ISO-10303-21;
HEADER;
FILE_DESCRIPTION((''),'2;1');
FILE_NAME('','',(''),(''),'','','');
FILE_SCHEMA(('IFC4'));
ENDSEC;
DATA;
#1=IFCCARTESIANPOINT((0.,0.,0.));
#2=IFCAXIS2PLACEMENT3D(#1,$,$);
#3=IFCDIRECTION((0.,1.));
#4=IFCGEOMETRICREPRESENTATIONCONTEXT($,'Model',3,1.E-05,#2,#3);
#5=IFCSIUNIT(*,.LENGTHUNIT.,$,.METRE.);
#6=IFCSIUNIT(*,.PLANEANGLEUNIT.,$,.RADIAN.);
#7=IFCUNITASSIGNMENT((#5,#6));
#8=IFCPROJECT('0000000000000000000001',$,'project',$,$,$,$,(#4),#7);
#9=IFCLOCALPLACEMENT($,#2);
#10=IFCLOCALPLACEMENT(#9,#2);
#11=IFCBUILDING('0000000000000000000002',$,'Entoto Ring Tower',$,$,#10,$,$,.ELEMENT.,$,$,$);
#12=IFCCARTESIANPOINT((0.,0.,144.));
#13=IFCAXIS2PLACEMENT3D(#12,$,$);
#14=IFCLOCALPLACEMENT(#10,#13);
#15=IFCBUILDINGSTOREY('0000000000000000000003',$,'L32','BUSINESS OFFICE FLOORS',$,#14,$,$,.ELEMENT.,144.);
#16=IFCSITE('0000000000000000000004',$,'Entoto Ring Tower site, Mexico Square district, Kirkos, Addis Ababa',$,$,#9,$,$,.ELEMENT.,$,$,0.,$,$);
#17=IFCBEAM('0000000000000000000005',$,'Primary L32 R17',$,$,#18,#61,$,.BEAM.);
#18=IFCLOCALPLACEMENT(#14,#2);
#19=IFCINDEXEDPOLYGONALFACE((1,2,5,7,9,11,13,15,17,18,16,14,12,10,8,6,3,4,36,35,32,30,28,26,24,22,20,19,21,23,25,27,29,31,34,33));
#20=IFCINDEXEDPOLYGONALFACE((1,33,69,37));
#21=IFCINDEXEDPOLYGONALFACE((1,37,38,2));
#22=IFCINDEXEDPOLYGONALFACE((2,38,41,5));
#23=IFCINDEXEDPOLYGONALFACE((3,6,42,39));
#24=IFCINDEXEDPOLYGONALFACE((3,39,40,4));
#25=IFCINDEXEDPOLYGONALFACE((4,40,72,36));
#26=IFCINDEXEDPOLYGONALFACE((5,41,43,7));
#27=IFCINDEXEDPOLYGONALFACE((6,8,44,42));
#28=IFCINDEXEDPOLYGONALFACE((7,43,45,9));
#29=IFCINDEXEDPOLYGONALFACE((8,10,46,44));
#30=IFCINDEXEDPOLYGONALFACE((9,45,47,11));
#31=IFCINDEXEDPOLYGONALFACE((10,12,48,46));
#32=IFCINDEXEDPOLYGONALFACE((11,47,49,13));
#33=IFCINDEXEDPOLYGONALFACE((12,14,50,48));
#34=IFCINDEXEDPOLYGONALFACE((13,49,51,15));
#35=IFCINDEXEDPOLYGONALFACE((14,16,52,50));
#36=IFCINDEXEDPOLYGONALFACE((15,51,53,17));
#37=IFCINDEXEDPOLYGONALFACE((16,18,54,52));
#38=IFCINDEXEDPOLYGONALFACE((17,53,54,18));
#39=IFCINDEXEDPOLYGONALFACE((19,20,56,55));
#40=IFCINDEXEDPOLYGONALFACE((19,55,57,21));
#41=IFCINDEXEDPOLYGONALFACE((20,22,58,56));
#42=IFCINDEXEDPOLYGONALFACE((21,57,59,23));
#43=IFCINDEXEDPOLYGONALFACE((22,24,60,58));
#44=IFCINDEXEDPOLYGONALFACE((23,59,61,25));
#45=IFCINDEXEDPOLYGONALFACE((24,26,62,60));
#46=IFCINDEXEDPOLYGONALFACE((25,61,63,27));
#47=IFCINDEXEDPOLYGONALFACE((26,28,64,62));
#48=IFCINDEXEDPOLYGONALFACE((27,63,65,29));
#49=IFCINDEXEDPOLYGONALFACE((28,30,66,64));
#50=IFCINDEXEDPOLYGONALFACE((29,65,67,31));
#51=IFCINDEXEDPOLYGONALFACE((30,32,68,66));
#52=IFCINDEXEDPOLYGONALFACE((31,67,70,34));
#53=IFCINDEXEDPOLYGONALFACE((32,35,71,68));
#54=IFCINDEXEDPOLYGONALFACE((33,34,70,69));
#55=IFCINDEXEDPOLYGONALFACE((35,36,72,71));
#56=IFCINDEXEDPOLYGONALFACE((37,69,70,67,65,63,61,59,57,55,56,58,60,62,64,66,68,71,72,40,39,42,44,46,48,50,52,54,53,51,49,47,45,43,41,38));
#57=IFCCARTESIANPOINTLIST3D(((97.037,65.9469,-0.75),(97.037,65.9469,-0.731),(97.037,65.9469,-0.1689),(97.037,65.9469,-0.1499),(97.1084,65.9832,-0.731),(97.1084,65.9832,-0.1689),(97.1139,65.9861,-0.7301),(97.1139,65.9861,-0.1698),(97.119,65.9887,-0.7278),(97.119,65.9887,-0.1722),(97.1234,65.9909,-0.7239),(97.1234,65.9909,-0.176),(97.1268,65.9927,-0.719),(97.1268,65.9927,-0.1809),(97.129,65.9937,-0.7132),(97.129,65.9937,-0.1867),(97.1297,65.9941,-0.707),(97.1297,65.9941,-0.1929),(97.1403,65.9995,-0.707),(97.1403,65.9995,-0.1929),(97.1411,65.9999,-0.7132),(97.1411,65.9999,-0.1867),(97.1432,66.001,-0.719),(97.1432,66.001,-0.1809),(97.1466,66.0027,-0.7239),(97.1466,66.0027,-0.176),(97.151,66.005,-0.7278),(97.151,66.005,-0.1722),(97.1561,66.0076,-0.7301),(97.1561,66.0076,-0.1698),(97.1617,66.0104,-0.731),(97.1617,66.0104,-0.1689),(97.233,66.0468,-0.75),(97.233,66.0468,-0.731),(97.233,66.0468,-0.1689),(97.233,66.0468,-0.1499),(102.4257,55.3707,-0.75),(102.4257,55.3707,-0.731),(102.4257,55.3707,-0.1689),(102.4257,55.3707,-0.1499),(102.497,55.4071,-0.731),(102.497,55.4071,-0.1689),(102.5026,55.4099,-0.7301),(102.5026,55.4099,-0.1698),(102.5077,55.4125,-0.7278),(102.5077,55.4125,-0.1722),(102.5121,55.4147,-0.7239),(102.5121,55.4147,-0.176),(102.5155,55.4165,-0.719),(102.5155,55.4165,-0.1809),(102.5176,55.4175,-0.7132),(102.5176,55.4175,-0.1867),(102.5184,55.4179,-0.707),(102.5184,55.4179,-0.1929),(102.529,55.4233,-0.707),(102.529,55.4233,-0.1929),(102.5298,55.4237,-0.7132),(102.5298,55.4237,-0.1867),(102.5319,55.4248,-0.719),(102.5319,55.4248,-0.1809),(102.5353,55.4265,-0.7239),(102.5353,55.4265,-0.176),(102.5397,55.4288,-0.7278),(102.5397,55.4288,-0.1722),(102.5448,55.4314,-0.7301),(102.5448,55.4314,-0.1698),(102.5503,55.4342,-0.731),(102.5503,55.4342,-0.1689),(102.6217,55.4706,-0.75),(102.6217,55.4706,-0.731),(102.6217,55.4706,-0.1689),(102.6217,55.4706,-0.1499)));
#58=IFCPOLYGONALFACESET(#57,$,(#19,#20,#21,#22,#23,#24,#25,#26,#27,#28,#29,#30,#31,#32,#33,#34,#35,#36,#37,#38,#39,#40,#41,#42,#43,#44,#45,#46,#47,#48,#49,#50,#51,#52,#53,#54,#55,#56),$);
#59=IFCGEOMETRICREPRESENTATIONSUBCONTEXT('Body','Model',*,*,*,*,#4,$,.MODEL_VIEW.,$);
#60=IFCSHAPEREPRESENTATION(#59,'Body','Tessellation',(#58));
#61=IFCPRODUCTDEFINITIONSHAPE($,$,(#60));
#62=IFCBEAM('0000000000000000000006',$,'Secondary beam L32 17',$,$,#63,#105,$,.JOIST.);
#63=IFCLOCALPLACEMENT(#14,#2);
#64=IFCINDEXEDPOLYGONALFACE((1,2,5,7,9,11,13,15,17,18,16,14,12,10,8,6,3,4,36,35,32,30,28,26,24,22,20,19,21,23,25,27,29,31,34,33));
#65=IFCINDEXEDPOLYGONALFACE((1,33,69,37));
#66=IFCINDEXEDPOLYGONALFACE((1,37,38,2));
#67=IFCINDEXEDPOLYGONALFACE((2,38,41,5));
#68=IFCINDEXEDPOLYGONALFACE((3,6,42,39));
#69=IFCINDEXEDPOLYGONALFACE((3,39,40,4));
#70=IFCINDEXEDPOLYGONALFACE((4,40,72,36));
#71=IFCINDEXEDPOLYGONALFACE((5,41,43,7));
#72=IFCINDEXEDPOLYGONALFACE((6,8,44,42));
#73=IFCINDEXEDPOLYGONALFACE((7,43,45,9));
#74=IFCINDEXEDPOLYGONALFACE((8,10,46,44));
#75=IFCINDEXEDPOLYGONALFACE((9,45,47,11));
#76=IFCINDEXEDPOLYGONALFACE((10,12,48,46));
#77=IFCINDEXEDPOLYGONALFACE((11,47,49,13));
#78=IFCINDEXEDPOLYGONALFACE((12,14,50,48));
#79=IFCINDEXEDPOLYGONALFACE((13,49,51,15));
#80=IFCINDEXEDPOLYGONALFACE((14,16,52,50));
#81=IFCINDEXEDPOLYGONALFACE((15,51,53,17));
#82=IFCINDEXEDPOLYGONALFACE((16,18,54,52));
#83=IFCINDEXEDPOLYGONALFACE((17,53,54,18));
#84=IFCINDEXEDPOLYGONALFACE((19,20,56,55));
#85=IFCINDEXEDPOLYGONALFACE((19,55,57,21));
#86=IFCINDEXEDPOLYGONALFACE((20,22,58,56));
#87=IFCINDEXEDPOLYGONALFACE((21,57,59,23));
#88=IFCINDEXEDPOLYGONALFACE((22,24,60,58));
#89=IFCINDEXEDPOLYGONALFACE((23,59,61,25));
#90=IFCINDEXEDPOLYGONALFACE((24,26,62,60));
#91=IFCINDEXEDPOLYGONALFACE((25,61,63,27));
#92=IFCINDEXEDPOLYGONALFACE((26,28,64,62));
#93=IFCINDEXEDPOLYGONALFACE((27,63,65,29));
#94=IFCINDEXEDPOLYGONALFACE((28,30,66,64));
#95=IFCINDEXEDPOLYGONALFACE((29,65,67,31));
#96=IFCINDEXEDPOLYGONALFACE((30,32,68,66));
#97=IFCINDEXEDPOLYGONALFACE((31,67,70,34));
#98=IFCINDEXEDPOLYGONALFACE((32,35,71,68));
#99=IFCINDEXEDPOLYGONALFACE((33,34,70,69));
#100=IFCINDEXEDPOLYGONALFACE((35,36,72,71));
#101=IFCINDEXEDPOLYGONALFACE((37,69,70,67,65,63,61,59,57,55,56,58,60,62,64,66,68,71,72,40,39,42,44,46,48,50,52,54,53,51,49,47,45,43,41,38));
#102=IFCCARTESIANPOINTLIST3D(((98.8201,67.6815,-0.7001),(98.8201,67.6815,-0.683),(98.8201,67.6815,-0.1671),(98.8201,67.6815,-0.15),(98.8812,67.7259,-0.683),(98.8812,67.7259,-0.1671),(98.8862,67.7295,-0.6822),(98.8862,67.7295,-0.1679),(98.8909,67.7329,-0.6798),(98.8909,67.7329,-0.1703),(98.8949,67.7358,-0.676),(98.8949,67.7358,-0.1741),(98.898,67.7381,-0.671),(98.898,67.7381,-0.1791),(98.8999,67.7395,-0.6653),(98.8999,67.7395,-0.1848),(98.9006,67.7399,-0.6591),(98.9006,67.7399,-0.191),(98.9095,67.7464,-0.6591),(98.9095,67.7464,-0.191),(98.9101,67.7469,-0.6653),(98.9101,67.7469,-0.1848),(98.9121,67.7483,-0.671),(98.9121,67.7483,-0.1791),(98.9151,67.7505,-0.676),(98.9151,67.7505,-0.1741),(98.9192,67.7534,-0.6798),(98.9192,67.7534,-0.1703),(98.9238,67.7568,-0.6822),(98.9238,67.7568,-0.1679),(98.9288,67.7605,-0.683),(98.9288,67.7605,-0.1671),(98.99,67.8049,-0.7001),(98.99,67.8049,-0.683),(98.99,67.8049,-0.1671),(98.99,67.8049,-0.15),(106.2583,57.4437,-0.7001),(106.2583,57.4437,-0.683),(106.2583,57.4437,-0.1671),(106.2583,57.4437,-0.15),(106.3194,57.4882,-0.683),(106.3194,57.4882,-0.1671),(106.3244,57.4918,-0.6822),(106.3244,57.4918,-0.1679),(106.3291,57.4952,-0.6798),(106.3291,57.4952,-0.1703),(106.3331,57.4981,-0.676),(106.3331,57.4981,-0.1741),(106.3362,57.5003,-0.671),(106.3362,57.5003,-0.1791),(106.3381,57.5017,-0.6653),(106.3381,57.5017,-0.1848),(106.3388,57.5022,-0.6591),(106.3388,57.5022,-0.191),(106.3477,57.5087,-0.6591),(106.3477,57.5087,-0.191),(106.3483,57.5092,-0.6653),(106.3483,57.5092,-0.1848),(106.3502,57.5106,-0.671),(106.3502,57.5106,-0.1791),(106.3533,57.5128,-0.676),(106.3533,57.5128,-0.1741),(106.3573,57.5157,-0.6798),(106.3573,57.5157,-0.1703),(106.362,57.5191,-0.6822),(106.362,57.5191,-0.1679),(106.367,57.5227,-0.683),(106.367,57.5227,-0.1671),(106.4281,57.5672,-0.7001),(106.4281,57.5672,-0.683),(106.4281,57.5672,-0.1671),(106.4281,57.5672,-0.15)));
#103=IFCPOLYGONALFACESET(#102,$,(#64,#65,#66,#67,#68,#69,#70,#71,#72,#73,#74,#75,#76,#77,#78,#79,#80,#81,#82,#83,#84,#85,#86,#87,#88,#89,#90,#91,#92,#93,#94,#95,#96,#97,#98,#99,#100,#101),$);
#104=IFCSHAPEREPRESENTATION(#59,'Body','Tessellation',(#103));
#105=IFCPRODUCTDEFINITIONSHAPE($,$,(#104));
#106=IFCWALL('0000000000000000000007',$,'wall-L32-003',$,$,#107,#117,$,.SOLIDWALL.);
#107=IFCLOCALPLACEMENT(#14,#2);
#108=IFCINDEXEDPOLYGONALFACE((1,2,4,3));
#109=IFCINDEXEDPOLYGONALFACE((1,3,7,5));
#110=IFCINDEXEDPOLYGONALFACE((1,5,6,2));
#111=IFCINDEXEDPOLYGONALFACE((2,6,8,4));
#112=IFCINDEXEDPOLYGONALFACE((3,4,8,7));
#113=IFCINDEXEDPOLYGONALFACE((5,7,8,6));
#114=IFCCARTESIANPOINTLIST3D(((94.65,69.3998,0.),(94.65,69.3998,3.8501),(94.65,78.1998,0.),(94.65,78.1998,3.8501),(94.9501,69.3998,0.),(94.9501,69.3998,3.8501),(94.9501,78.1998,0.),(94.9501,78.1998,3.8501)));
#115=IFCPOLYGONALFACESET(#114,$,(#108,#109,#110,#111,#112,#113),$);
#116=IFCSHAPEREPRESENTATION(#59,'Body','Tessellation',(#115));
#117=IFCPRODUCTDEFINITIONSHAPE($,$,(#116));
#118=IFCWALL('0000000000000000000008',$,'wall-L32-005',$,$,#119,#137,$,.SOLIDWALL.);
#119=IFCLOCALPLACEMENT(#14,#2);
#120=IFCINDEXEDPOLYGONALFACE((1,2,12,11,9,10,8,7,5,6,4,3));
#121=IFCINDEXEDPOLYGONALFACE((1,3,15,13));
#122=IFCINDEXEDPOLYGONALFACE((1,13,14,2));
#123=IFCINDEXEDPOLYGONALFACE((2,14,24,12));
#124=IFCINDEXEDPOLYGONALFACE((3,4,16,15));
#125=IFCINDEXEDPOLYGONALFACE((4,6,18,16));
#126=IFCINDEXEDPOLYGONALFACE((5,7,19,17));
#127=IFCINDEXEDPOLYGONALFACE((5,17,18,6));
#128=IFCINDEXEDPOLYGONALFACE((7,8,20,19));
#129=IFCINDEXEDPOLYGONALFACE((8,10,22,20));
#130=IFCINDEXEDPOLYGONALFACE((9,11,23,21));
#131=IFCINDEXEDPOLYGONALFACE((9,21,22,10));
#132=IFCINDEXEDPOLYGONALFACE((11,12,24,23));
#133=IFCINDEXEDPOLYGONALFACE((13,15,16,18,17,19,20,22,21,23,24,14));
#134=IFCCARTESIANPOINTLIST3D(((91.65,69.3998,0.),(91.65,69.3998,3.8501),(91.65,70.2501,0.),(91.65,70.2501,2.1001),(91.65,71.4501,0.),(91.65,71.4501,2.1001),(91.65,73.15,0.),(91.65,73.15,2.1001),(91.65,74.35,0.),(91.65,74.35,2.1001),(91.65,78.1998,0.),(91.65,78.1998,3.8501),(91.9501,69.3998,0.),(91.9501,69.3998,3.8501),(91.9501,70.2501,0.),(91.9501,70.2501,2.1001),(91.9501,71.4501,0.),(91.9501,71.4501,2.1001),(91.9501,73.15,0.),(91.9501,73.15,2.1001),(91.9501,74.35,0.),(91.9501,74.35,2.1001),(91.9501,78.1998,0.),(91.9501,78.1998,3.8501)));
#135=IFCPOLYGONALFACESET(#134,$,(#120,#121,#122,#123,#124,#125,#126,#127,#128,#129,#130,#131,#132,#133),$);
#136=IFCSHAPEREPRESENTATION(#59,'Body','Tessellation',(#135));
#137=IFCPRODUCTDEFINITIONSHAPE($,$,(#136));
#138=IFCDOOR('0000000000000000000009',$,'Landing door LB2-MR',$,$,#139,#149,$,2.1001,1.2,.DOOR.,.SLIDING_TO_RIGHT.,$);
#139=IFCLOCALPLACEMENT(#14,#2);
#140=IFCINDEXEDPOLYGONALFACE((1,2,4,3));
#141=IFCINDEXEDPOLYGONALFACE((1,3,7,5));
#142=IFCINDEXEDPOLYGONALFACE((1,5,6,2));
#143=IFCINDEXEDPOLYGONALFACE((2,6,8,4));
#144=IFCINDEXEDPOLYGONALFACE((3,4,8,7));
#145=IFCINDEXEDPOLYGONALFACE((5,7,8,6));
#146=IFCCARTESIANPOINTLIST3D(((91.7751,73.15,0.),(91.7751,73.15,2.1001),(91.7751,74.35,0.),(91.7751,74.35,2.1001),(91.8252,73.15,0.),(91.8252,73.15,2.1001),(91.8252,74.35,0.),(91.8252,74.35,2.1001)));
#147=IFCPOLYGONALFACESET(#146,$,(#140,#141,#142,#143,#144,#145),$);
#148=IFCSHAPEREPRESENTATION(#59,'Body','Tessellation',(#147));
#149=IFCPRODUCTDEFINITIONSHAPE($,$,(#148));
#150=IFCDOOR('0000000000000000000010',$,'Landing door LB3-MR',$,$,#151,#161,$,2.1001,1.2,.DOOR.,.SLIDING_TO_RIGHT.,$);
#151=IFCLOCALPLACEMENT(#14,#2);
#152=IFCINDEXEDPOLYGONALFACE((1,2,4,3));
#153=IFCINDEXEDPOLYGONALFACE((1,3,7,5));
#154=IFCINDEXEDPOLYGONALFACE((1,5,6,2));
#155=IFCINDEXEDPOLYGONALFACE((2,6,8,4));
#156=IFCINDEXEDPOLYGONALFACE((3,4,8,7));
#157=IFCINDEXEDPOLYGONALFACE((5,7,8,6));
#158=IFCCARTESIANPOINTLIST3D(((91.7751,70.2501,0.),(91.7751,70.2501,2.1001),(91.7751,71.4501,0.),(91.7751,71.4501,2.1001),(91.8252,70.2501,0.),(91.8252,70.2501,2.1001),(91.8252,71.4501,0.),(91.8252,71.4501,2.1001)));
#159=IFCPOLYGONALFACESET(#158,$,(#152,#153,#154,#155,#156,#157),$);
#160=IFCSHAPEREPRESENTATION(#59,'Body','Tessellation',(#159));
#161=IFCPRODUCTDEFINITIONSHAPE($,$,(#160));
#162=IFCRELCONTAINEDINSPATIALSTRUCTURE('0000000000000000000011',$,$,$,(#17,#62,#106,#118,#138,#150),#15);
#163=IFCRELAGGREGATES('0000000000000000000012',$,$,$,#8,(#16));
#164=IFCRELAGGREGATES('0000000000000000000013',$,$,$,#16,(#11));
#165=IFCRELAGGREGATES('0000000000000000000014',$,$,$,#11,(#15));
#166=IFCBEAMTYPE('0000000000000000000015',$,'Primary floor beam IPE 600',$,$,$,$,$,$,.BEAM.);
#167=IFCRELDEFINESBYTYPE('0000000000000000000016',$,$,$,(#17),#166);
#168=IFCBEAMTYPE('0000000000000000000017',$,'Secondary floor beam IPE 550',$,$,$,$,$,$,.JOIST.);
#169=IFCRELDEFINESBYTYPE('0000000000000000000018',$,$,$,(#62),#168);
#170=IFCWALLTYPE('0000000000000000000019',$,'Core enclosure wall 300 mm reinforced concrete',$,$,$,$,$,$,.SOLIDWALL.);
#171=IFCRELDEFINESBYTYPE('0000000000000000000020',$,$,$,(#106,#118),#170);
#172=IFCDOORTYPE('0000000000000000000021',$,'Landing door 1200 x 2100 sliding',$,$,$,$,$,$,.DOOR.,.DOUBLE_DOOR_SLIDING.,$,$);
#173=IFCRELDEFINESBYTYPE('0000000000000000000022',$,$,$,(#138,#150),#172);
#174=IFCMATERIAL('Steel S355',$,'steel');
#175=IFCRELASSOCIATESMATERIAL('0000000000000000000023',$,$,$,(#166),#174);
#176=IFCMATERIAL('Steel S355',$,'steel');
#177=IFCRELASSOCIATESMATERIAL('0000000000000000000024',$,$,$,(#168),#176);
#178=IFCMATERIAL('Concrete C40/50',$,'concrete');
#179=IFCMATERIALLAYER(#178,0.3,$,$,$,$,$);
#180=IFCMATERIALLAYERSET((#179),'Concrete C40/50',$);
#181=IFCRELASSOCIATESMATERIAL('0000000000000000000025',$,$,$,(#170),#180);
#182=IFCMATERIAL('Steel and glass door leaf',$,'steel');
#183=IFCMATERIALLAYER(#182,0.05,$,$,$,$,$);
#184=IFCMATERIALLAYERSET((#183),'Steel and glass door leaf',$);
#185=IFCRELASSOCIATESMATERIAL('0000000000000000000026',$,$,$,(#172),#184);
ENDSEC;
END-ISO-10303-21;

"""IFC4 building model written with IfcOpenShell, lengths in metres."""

from ifc_helpers import new_model, si_unit, direction, frame, frame_2d, origin, origin_2d, place, context, subcontext, project, spatial, rectangle, i_section, extrude, material, layer, layer_set, material_profile, profile_set, type_object, element, fill, save


model = new_model("IFC4")

# Units and contexts
model_context = context("Model", 3, precision=1e-05, world=origin(), true_north=direction((0.0, 1.0)))
body_context = subcontext(model_context, "Body", "Model", "MODEL_VIEW")
ifc_project = project(units=[si_unit("LENGTHUNIT", "METRE"), si_unit("PLANEANGLEUNIT", "RADIAN")], contexts=[model_context])

# Site, building, storey
site_placement = place(None, origin())
site = spatial("IfcSite", under=ifc_project, at=site_placement, Name="Entoto Ring Tower site, Mexico Square district, Kirkos, Addis Ababa", CompositionType="ELEMENT", RefElevation=0.0)
building_placement = place(site_placement, origin())
building = spatial("IfcBuilding", under=site, at=building_placement, Name="Entoto Ring Tower", CompositionType="ELEMENT")
storey_placement = place(building_placement, frame((0.0, 0.0, 144.0)))
storey = spatial("IfcBuildingStorey", under=building, at=storey_placement, Name="L32", Description="BUSINESS OFFICE FLOORS", CompositionType="ELEMENT", Elevation=144.0)

# Beams
ifc_material_1 = material(Name="Steel S355", Category="steel")
ifc_material_profile_1 = material_profile(ifc_material_1, i_section(OverallWidth=0.22, OverallDepth=0.6001, WebThickness=0.012, FlangeThickness=0.019, FilletRadius=0.0239, at=origin_2d()), Name="IPE 600")
ifc_profile_set_1 = profile_set([ifc_material_profile_1], Name="Steel S355")
beam_type_1 = type_object("IfcBeamType", Name="Primary floor beam IPE 600", PredefinedType="BEAM", material=ifc_profile_set_1)
beam_1_placement = place(storey_placement, frame((97.135, 65.9968, -0.45), z_axis=(0.45398, -0.891012, 0.0), x_axis=(0.891012, 0.45398, 0.0)))
element("IfcBeam", 1, at=beam_1_placement, inside=storey, type_object=beam_type_1, Name="Primary L32 R17", PredefinedType="BEAM", context=body_context, shape_type="SweptSolid", body=[
    extrude(i_section(OverallWidth=0.22, OverallDepth=0.6001, WebThickness=0.012, FlangeThickness=0.019, FilletRadius=0.0239, at=origin_2d()), origin(), (0.0, 0.0, 1.0), 11.8699),
])
ifc_material_2 = material(Name="Steel S355", Category="steel")
ifc_material_profile_2 = material_profile(ifc_material_2, i_section(OverallWidth=0.21, OverallDepth=0.55, WebThickness=0.011, FlangeThickness=0.0171, FilletRadius=0.0239, at=origin_2d()), Name="IPE 550")
ifc_profile_set_2 = profile_set([ifc_material_profile_2], Name="Steel S355")
beam_type_2 = type_object("IfcBeamType", Name="Secondary floor beam IPE 550", PredefinedType="JOIST", material=ifc_profile_set_2)
beam_2_placement = place(storey_placement, frame((98.905, 67.7432, -0.425), z_axis=(0.587787, -0.809015, 0.0), x_axis=(0.809015, 0.587787, 0.0)))
element("IfcBeam", 2, at=beam_2_placement, inside=storey, type_object=beam_type_2, Name="Secondary beam L32 17", PredefinedType="JOIST", context=body_context, shape_type="SweptSolid", body=[
    extrude(i_section(OverallWidth=0.21, OverallDepth=0.55, WebThickness=0.011, FlangeThickness=0.0171, FilletRadius=0.0239, at=origin_2d()), origin(), (0.0, 0.0, 1.0), 12.6545),
])

# Wall
ifc_material_3 = material(Name="Concrete C40/50", Category="concrete")
ifc_layer_1 = layer(ifc_material_3, 0.3)
ifc_layer_set_1 = layer_set([ifc_layer_1], Name="Concrete C40/50")
wall_type = type_object("IfcWallType", Name="Core enclosure wall 300 mm reinforced concrete", PredefinedType="SOLIDWALL", material=ifc_layer_set_1)
wall_1_placement = place(storey_placement, frame((94.8, 69.3999, 0.0), z_axis=(0.0, 0.0, 1.0), x_axis=(0.0, 1.0, 0.0)))
element("IfcWall", 3, at=wall_1_placement, inside=storey, type_object=wall_type, Name="wall-L32-003", PredefinedType="SOLIDWALL", context=body_context, shape_type="SweptSolid", body=[
    extrude(rectangle(XDim=8.8, YDim=0.3, at=frame_2d((4.3999, 0.0))), origin(), (0.0, 0.0, 1.0), 3.8501),
])

# Wall, openings, doors
wall_2_placement = place(storey_placement, frame((91.8, 69.3999, 0.0), z_axis=(0.0, 0.0, 1.0), x_axis=(0.0, 1.0, 0.0)))
wall_2 = element("IfcWall", 4, at=wall_2_placement, inside=storey, type_object=wall_type, Name="wall-L32-005", PredefinedType="SOLIDWALL", context=body_context, shape_type="SweptSolid", body=[
    extrude(rectangle(XDim=8.8, YDim=0.3, at=frame_2d((4.3999, 0.0))), origin(), (0.0, 0.0, 1.0), 3.8501),
])
opening_1_placement = place(wall_2_placement, frame((3.75, 0.0, 0.0)))
opening_1 = element("IfcOpeningElement", 5, at=opening_1_placement, cuts=wall_2, PredefinedType="OPENING", context=body_context, shape_type="SweptSolid", body=[
    extrude(rectangle(XDim=1.2, YDim=2.1001, at=frame_2d((0.6001, 1.05))), frame((0.0, 0.1602, 0.0), z_axis=(0.0, -1.0, 0.0), x_axis=(1.0, 0.0, 0.0)), (0.0, 0.0, 1.0), 0.3201),
])
opening_2_placement = place(wall_2_placement, frame((0.8501, 0.0, 0.0)))
opening_2 = element("IfcOpeningElement", 6, at=opening_2_placement, cuts=wall_2, PredefinedType="OPENING", context=body_context, shape_type="SweptSolid", body=[
    extrude(rectangle(XDim=1.2, YDim=2.1001, at=frame_2d((0.6001, 1.05))), frame((0.0, 0.1602, 0.0), z_axis=(0.0, -1.0, 0.0), x_axis=(1.0, 0.0, 0.0)), (0.0, 0.0, 1.0), 0.3201),
])
ifc_material_4 = material(Name="Steel and glass door leaf", Category="steel")
ifc_layer_2 = layer(ifc_material_4, 0.05)
ifc_layer_set_2 = layer_set([ifc_layer_2], Name="Steel and glass door leaf")
door_type_1 = type_object("IfcDoorType", Name="Landing door 1200 x 2100 sliding", OperationType="DOUBLE_DOOR_SLIDING", PredefinedType="DOOR", material=ifc_layer_set_2)
door_1_placement = place(opening_1_placement, origin())
door_1 = element("IfcDoor", 7, at=door_1_placement, inside=storey, type_object=door_type_1, Name="Landing door LB2-MR", OperationType="SLIDING_TO_RIGHT", OverallHeight=2.1001, OverallWidth=1.2, PredefinedType="DOOR", context=body_context, shape_type="SweptSolid", body=[
    extrude(rectangle(XDim=1.2, YDim=2.1001, at=frame_2d((0.6001, 1.05))), frame((0.0, 0.0249, 0.0), z_axis=(0.0, -1.0, 0.0), x_axis=(1.0, 0.0, 0.0)), (0.0, 0.0, 1.0), 0.05),
])
fill(opening_1, door_1)
door_2_placement = place(opening_2_placement, origin())
door_2 = element("IfcDoor", 8, at=door_2_placement, inside=storey, type_object=door_type_1, Name="Landing door LB3-MR", OperationType="SLIDING_TO_RIGHT", OverallHeight=2.1001, OverallWidth=1.2, PredefinedType="DOOR", context=body_context, shape_type="SweptSolid", body=[
    extrude(rectangle(XDim=1.2, YDim=2.1001, at=frame_2d((0.6001, 1.05))), frame((0.0, 0.0249, 0.0), z_axis=(0.0, -1.0, 0.0), x_axis=(1.0, 0.0, 0.0)), (0.0, 0.0, 1.0), 0.05),
])
fill(opening_2, door_2)

save(model, "model.ifc")
